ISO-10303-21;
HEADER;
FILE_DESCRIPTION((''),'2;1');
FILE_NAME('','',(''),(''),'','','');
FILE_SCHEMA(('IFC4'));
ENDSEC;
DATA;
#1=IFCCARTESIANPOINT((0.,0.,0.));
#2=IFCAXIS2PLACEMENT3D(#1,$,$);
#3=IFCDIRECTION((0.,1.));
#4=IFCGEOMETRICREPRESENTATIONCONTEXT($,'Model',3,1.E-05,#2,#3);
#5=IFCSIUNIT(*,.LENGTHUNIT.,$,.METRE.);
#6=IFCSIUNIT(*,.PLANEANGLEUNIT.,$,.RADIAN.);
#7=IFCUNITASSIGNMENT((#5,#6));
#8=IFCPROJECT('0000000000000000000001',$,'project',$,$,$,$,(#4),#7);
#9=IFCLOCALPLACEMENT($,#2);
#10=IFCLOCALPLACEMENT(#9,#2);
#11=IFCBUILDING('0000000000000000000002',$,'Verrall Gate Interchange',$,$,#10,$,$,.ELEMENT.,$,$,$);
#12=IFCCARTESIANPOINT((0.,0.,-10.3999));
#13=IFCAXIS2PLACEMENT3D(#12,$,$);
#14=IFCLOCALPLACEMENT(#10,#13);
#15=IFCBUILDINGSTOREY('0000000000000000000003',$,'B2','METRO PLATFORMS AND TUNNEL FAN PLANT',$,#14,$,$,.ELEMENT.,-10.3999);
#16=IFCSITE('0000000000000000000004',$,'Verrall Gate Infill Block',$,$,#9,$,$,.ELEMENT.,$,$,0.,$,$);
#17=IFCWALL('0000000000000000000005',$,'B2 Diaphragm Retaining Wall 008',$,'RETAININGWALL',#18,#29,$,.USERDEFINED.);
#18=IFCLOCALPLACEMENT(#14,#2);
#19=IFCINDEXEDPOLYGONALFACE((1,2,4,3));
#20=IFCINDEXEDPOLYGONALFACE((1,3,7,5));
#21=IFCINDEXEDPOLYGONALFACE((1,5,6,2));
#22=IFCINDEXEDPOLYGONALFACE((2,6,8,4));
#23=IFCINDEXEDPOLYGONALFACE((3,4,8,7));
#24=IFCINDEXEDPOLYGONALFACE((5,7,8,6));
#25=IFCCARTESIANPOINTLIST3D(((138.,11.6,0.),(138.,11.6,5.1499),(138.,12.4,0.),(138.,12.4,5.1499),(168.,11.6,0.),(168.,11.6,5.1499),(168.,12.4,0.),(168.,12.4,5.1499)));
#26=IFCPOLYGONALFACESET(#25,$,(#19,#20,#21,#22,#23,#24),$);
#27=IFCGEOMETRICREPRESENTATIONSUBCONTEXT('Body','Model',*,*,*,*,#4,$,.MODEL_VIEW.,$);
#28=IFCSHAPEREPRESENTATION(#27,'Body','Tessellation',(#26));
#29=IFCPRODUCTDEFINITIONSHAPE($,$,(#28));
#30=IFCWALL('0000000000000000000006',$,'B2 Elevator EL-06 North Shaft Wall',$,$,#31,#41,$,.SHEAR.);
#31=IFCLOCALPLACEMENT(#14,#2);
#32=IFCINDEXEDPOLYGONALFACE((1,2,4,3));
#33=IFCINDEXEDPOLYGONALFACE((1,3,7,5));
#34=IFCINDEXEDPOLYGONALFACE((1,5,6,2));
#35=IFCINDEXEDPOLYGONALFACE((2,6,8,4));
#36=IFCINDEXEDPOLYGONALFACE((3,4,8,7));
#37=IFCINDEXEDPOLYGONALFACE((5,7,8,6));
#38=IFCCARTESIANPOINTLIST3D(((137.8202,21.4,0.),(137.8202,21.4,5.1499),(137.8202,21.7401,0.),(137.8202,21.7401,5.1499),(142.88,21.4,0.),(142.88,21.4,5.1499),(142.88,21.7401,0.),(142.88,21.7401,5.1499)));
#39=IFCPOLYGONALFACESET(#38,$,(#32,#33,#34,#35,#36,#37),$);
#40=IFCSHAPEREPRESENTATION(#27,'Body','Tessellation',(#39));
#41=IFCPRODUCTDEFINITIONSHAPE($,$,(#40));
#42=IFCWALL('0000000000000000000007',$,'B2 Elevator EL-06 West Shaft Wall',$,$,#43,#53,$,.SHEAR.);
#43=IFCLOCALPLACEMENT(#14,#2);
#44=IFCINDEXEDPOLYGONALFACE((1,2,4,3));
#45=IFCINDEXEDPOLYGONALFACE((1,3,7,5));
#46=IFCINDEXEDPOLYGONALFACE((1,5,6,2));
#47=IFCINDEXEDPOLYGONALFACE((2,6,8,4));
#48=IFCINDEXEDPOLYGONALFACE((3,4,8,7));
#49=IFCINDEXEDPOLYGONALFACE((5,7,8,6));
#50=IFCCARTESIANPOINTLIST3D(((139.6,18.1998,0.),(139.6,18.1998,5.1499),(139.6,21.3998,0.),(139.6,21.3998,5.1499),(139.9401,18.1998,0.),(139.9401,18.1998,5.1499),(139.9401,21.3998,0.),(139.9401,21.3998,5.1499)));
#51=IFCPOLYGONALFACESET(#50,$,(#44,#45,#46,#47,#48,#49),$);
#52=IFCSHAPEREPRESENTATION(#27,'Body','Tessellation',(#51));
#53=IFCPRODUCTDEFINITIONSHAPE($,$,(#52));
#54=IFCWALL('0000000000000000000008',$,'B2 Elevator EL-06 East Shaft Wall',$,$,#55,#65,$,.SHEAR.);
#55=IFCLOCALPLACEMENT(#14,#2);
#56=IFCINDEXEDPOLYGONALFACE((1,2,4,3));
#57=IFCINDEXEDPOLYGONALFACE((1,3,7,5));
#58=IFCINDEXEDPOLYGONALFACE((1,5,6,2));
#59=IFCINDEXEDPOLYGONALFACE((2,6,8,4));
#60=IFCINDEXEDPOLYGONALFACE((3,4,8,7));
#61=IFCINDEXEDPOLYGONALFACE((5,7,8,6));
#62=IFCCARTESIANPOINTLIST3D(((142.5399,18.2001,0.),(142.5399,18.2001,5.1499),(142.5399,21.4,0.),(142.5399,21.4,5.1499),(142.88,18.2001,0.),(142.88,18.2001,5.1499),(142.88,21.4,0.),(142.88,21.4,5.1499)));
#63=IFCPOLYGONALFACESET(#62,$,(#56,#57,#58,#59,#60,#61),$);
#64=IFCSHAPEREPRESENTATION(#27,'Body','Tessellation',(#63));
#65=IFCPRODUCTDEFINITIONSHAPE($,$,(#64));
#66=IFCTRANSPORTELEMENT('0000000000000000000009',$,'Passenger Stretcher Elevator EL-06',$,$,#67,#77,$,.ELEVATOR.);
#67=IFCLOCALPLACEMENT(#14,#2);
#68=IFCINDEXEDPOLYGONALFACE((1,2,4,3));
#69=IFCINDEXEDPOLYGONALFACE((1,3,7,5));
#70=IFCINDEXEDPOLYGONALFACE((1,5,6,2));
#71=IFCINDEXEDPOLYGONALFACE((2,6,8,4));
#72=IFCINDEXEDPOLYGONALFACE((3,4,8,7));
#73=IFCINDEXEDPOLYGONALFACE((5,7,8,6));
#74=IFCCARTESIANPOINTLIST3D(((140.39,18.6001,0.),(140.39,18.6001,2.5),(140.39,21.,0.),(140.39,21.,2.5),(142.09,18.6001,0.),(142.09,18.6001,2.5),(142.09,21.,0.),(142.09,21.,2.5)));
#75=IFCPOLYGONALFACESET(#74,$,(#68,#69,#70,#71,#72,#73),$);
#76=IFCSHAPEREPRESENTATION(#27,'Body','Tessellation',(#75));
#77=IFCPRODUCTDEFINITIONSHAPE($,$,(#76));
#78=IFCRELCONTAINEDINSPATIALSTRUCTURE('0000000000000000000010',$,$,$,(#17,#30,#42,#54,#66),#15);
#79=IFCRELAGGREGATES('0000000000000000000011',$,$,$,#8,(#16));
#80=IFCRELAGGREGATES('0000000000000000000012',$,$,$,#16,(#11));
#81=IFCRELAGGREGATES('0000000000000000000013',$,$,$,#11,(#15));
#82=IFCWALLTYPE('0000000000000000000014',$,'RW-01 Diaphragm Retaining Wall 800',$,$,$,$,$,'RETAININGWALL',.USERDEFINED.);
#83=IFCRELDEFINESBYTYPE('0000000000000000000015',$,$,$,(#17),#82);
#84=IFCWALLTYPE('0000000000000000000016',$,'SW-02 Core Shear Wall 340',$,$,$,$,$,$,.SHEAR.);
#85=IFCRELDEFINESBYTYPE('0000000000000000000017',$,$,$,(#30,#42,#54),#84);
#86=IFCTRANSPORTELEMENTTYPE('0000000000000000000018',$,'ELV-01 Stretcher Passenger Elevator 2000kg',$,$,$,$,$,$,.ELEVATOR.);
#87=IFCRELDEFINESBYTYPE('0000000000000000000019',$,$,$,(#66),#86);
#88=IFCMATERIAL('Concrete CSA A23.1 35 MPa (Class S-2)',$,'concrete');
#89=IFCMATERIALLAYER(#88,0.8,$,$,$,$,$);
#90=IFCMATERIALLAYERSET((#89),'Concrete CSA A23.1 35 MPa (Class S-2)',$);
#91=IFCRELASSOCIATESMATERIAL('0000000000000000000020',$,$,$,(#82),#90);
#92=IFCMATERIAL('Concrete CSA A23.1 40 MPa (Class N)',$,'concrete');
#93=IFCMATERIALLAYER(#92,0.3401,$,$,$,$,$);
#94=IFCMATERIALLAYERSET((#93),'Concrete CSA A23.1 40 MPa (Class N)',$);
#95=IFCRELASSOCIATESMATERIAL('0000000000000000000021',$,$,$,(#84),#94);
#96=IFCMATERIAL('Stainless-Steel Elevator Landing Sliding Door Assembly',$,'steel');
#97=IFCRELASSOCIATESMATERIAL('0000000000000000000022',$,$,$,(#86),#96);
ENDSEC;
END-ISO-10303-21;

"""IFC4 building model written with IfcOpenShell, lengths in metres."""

from ifc_helpers import new_model, si_unit, direction, frame, frame_2d, origin, origin_2d, place, context, subcontext, project, spatial, rectangle, extrude, material, layer, layer_set, type_object, element, save


model = new_model("IFC4")

# Units and contexts
model_context = context("Model", 3, precision=1e-05, world=origin(), true_north=direction((0.0, 1.0)))
body_context = subcontext(model_context, "Body", "Model", "MODEL_VIEW")
ifc_project = project(units=[si_unit("LENGTHUNIT", "METRE"), si_unit("PLANEANGLEUNIT", "RADIAN")], contexts=[model_context])

# Site, building, storey
site_placement = place(None, origin())
site = spatial("IfcSite", under=ifc_project, at=site_placement, Name="Verrall Gate Infill Block", CompositionType="ELEMENT", RefElevation=0.0)
building_placement = place(site_placement, origin())
building = spatial("IfcBuilding", under=site, at=building_placement, Name="Verrall Gate Interchange", CompositionType="ELEMENT")
storey_placement = place(building_placement, frame((0.0, 0.0, -10.3999)))
storey = spatial("IfcBuildingStorey", under=building, at=storey_placement, Name="B2", Description="METRO PLATFORMS AND TUNNEL FAN PLANT", CompositionType="ELEMENT", Elevation=-10.3999)

# Walls
ifc_material_1 = material(Name="Concrete CSA A23.1 35 MPa (Class S-2)", Category="concrete")
ifc_layer_1 = layer(ifc_material_1, 0.8)
ifc_layer_set_1 = layer_set([ifc_layer_1], Name="Concrete CSA A23.1 35 MPa (Class S-2)")
wall_type_1 = type_object("IfcWallType", Name="RW-01 Diaphragm Retaining Wall 800", ElementType="RETAININGWALL", PredefinedType="USERDEFINED", material=ifc_layer_set_1)
wall_1_placement = place(storey_placement, frame((138.0, 12.0, 0.0), z_axis=(0.0, 0.0, 1.0), x_axis=(1.0, 0.0, 0.0)))
element("IfcWall", 1, at=wall_1_placement, inside=storey, type_object=wall_type_1, Name="B2 Diaphragm Retaining Wall 008", ObjectType="RETAININGWALL", PredefinedType="USERDEFINED", context=body_context, shape_type="SweptSolid", body=[
    extrude(rectangle(XDim=30.0, YDim=0.8, at=frame_2d((15.0, 0.0))), origin(), (0.0, 0.0, 1.0), 5.1499),
])
ifc_material_2 = material(Name="Concrete CSA A23.1 40 MPa (Class N)", Category="concrete")
ifc_layer_2 = layer(ifc_material_2, 0.3401)
ifc_layer_set_2 = layer_set([ifc_layer_2], Name="Concrete CSA A23.1 40 MPa (Class N)")
wall_type_2 = type_object("IfcWallType", Name="SW-02 Core Shear Wall 340", PredefinedType="SHEAR", material=ifc_layer_set_2)
wall_2_placement = place(storey_placement, frame((142.8799, 21.5701, 0.0), z_axis=(0.0, 0.0, 1.0), x_axis=(-1.0, 0.0, 0.0)))
element("IfcWall", 2, at=wall_2_placement, inside=storey, type_object=wall_type_2, Name="B2 Elevator EL-06 North Shaft Wall", PredefinedType="SHEAR", context=body_context, shape_type="SweptSolid", body=[
    extrude(rectangle(XDim=5.0598, YDim=0.3401, at=frame_2d((2.5298, 0.0))), origin(), (0.0, 0.0, 1.0), 5.1499),
])
for number, where, z_axis, x_axis, name in (
    (3, (139.77, 21.3999, 0.0), (0.0, 0.0, 1.0), (0.0, -1.0, 0.0), "B2 Elevator EL-06 West Shaft Wall"),
    (4, (142.71, 18.2, 0.0), (0.0, 0.0, 1.0), (0.0, 1.0, 0.0), "B2 Elevator EL-06 East Shaft Wall"),
):
    element("IfcWall", number, at=place(storey_placement, frame(where, z_axis=z_axis, x_axis=x_axis)), inside=storey, type_object=wall_type_2, Name=name, PredefinedType="SHEAR", context=body_context, shape_type="SweptSolid", body=[
        extrude(rectangle(XDim=3.2, YDim=0.3401, at=frame_2d((1.6001, 0.0))), origin(), (0.0, 0.0, 1.0), 5.1499),
    ])

# Transport element
ifc_material_3 = material(Name="Stainless-Steel Elevator Landing Sliding Door Assembly", Category="steel")
transport_element_type = type_object("IfcTransportElementType", Name="ELV-01 Stretcher Passenger Elevator 2000kg", PredefinedType="ELEVATOR", material=ifc_material_3)
transport_element_placement = place(storey_placement, frame((141.24, 19.8, 0.0), z_axis=(0.0, 0.0, 1.0), x_axis=(1.0, 0.0, 0.0)))
element("IfcTransportElement", 5, at=transport_element_placement, inside=storey, type_object=transport_element_type, Name="Passenger Stretcher Elevator EL-06", PredefinedType="ELEVATOR", context=body_context, shape_type="SweptSolid", body=[
    extrude(rectangle(XDim=1.7, YDim=2.3999, at=origin_2d()), origin(), (0.0, 0.0, 1.0), 2.5),
])

save(model, "model.ifc")
